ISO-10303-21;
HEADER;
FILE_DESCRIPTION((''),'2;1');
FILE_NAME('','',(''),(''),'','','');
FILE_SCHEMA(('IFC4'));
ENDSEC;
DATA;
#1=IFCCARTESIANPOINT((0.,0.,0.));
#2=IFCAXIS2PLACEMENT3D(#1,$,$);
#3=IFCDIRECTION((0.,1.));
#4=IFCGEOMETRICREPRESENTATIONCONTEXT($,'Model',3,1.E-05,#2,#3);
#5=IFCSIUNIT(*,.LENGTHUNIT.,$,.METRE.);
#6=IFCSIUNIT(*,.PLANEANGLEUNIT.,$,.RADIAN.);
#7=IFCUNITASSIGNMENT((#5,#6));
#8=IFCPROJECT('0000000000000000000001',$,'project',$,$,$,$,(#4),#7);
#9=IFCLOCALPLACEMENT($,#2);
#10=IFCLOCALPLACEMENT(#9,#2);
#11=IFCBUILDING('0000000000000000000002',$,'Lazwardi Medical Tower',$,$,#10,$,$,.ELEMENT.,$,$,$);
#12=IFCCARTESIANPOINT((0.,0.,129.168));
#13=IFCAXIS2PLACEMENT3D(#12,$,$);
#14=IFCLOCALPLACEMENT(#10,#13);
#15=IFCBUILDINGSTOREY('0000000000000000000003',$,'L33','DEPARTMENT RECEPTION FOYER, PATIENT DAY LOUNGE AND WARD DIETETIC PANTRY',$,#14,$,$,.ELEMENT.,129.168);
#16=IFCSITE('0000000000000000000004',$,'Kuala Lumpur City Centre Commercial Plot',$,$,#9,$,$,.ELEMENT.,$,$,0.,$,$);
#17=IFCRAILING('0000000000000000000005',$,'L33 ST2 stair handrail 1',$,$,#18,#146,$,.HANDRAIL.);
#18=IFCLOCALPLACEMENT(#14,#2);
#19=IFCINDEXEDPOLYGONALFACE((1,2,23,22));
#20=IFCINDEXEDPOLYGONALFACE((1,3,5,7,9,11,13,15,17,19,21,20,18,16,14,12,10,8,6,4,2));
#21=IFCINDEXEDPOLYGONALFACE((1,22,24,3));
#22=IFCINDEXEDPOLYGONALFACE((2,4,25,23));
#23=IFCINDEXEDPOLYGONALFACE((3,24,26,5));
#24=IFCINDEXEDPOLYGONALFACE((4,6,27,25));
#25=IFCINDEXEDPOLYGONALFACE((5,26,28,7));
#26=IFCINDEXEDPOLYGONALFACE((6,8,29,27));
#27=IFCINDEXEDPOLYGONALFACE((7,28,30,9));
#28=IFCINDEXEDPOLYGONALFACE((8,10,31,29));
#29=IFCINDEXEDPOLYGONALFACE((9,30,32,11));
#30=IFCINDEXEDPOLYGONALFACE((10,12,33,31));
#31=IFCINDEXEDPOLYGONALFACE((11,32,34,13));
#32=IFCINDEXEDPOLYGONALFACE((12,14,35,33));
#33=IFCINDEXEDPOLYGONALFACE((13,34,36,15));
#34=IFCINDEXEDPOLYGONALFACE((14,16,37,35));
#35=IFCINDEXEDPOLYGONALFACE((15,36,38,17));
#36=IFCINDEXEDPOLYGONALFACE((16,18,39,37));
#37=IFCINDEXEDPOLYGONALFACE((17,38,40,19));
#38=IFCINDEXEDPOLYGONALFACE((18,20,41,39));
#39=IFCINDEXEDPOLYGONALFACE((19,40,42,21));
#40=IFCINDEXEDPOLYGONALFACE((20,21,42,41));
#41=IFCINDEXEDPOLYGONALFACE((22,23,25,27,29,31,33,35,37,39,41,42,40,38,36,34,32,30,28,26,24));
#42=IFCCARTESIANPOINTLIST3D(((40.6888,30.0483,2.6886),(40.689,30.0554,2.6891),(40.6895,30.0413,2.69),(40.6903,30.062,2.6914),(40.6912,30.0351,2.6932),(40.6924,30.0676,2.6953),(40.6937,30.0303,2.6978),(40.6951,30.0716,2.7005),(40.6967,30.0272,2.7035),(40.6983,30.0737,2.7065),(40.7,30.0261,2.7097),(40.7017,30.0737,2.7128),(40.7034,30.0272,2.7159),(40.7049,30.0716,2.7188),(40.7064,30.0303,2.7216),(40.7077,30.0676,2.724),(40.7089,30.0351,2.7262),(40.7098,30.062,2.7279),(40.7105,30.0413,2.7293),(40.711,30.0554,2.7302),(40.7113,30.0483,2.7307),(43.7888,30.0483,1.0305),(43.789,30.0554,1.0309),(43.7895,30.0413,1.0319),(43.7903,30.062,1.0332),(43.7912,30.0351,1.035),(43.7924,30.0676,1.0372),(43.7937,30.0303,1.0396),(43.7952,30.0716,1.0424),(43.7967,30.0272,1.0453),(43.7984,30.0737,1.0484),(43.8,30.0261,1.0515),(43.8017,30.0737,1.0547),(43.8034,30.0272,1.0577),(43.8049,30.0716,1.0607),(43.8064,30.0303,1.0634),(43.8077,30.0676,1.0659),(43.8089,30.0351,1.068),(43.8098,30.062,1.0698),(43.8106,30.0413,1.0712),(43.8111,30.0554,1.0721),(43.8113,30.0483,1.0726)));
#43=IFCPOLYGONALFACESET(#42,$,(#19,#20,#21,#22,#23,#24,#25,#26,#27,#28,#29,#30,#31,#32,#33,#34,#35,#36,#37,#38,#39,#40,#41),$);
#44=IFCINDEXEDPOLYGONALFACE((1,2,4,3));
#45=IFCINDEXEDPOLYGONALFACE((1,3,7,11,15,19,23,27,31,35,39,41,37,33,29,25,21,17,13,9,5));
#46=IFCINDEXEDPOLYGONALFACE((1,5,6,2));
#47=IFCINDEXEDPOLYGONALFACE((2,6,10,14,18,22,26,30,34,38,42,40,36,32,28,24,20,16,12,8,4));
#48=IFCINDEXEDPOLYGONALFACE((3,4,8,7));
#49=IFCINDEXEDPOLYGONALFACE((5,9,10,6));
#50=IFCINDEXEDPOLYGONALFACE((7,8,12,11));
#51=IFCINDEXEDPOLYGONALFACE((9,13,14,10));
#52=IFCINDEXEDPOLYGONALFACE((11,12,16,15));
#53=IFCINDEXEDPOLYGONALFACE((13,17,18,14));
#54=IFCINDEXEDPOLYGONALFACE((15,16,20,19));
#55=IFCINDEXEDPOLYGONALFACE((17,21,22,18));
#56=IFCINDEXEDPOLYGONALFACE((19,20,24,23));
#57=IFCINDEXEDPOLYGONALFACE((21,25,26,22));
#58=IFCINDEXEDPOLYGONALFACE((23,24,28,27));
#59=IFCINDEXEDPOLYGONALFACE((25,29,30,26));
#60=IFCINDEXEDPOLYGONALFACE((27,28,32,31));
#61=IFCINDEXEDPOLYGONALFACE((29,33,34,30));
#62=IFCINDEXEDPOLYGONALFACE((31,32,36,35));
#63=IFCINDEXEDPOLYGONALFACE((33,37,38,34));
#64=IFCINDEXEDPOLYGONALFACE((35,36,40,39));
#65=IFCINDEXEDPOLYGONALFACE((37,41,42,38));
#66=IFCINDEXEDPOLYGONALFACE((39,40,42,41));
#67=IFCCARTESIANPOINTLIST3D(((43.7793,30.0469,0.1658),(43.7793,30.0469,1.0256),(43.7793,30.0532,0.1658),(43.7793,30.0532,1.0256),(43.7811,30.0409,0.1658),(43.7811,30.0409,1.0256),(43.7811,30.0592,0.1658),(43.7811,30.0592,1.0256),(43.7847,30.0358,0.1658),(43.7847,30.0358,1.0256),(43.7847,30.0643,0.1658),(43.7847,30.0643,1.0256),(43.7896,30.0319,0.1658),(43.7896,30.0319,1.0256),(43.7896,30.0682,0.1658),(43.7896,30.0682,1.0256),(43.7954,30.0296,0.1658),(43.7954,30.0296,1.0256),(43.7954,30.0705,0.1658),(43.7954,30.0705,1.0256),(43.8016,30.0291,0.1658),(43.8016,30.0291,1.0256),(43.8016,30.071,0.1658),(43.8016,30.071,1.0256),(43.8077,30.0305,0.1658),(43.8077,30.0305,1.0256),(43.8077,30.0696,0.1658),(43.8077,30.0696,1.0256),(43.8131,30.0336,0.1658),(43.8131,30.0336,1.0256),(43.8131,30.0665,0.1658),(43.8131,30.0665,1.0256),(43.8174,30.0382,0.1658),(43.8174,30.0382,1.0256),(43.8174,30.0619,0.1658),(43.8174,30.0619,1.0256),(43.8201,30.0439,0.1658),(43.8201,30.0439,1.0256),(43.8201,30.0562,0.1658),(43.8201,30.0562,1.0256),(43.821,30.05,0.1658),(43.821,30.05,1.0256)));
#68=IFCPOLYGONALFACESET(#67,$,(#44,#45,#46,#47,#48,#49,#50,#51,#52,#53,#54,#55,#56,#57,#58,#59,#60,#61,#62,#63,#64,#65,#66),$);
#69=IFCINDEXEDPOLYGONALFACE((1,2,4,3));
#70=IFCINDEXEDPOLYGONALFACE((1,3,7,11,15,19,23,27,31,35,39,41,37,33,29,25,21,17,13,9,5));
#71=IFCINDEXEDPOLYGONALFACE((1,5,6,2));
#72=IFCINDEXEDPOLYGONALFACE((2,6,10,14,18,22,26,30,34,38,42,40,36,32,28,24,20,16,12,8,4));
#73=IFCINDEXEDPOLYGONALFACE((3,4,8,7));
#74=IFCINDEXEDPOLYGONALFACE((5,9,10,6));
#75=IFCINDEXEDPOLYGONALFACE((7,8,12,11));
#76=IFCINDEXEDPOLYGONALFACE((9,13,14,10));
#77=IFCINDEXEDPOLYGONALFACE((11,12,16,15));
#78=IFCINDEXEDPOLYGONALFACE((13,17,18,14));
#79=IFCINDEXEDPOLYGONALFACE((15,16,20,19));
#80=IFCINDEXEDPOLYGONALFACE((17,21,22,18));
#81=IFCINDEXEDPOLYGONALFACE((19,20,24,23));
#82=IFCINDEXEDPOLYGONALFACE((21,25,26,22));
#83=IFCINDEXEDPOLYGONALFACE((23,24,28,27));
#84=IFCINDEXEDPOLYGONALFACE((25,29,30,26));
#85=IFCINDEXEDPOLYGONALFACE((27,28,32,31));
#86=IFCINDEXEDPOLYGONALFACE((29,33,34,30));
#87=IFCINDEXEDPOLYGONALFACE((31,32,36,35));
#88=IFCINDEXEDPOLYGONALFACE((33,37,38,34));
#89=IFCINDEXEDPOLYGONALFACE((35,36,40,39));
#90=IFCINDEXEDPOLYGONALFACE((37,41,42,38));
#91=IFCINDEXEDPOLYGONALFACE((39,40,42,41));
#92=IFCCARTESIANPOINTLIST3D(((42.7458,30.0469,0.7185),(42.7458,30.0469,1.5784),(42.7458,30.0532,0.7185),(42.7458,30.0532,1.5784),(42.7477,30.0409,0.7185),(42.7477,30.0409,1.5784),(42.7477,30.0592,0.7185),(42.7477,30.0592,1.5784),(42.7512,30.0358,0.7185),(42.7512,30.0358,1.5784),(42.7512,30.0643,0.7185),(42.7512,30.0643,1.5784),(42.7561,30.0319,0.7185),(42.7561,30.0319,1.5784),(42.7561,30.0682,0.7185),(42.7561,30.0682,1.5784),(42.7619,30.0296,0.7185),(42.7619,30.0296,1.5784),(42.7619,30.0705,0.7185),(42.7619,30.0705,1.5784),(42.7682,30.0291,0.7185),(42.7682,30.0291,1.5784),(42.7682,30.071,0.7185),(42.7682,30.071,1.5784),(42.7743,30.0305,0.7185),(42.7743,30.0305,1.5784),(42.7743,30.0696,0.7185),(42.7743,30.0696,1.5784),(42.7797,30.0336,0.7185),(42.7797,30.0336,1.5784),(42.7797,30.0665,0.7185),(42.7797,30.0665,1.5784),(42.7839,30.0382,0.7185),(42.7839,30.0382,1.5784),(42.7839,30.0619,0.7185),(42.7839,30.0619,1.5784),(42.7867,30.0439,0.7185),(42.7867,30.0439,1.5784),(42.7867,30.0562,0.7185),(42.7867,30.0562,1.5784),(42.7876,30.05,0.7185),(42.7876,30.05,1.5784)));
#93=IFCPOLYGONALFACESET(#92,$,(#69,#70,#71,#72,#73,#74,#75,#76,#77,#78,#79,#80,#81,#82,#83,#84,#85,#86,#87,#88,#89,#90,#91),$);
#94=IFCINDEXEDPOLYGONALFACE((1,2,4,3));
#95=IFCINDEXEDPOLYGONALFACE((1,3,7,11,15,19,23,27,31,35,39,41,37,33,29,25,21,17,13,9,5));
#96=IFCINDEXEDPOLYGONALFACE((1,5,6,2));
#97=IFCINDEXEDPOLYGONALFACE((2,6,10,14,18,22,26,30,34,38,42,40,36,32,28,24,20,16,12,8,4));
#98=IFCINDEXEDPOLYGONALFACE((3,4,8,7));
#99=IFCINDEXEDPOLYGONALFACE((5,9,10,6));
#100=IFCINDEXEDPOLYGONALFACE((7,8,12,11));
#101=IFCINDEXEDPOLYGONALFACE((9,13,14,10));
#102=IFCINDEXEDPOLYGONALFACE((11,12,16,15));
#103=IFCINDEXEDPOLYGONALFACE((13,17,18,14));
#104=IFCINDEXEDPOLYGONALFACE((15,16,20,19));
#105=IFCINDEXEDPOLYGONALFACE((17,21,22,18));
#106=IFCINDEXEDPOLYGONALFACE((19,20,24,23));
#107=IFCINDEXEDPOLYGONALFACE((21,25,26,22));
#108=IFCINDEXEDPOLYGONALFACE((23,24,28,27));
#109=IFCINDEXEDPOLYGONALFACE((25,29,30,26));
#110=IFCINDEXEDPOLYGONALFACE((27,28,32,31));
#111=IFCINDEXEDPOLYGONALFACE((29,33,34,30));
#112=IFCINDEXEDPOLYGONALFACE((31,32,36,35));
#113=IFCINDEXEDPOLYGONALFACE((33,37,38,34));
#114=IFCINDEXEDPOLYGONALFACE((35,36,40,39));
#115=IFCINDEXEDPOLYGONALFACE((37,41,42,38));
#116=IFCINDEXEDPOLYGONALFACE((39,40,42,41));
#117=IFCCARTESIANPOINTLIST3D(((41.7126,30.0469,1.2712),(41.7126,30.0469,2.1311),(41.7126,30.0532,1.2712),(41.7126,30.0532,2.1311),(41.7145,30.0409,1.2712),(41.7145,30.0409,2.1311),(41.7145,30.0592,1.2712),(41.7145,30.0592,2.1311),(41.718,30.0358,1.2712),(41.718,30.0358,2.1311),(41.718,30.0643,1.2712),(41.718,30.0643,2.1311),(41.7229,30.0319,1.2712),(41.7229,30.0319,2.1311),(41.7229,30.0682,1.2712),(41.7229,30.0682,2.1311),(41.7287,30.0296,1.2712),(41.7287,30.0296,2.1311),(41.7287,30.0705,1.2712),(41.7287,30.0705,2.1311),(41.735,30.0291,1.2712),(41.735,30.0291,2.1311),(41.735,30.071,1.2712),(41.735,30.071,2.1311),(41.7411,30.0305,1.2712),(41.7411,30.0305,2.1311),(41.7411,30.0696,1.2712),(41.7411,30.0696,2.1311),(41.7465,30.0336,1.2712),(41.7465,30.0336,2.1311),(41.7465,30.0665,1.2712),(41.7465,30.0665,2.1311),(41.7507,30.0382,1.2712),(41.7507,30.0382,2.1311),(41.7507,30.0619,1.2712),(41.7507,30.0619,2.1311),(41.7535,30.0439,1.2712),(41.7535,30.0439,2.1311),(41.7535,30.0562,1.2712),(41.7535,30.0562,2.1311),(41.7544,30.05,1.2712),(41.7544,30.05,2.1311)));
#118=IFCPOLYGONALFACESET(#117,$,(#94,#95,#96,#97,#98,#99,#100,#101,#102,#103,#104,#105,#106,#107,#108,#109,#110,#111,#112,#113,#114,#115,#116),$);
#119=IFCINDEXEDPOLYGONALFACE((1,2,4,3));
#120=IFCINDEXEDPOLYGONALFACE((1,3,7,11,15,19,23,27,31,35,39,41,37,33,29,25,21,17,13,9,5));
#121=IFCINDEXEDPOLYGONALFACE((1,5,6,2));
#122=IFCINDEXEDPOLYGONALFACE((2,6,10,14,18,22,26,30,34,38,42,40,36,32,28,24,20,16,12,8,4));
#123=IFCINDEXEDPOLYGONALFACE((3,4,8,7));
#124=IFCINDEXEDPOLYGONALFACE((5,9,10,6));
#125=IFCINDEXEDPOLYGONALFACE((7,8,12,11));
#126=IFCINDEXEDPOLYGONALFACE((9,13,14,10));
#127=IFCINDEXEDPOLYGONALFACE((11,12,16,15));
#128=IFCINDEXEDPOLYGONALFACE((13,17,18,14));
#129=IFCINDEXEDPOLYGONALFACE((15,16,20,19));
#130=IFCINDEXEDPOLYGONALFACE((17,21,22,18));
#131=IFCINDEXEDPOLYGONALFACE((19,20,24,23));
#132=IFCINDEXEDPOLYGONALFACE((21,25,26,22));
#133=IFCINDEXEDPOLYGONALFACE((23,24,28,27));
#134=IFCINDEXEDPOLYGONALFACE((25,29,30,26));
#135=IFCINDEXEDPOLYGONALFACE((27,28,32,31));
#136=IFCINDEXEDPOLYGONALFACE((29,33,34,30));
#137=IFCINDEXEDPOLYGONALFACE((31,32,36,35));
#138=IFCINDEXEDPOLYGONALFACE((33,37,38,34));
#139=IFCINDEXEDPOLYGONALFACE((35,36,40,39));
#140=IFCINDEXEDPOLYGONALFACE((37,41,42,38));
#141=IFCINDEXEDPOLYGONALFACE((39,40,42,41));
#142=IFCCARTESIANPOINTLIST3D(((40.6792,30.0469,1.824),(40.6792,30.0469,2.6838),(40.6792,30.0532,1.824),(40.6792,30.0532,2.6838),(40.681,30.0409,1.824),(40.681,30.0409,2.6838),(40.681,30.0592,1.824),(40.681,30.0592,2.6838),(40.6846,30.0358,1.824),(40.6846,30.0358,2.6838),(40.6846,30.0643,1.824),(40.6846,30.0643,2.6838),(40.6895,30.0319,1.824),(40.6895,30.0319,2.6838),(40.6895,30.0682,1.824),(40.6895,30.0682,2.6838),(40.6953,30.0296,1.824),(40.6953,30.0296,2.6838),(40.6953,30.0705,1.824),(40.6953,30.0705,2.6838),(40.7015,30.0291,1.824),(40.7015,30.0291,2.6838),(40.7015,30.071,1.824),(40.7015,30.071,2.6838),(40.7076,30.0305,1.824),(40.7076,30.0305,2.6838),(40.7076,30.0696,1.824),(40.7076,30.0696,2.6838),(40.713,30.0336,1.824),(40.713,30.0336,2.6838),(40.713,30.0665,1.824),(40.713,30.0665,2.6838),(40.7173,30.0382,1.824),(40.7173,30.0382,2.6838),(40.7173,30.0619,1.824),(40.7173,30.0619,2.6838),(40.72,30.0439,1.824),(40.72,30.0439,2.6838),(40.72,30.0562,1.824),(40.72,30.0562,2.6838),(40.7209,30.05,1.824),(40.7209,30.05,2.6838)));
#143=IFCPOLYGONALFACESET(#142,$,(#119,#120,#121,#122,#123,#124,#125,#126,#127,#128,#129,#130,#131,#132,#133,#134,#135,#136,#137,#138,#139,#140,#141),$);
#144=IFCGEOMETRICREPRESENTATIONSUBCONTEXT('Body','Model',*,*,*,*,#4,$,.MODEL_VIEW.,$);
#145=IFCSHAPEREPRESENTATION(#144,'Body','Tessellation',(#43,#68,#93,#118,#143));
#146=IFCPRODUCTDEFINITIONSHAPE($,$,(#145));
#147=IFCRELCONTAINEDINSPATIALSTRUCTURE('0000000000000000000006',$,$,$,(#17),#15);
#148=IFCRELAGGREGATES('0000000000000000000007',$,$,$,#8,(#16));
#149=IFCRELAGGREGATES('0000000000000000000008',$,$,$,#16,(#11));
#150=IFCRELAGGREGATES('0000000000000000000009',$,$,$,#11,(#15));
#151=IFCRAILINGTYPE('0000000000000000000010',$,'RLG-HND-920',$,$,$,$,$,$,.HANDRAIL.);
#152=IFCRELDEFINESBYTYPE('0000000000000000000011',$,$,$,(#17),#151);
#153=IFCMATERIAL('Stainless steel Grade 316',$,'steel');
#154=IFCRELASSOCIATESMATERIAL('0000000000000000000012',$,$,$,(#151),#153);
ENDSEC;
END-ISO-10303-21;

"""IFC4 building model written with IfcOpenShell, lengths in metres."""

from ifc_helpers import new_model, si_unit, direction, frame, origin, origin_2d, place, context, subcontext, project, spatial, circle, extrude, material, type_object, element, save


model = new_model("IFC4")

# Units and contexts
model_context = context("Model", 3, precision=1e-05, world=origin(), true_north=direction((0.0, 1.0)))
body_context = subcontext(model_context, "Body", "Model", "MODEL_VIEW")
ifc_project = project(units=[si_unit("LENGTHUNIT", "METRE"), si_unit("PLANEANGLEUNIT", "RADIAN")], contexts=[model_context])

# Site, building, storey
site_placement = place(None, origin())
site = spatial("IfcSite", under=ifc_project, at=site_placement, Name="Kuala Lumpur City Centre Commercial Plot", CompositionType="ELEMENT", RefElevation=0.0)
building_placement = place(site_placement, origin())
building = spatial("IfcBuilding", under=site, at=building_placement, Name="Lazwardi Medical Tower", CompositionType="ELEMENT")
storey_placement = place(building_placement, frame((0.0, 0.0, 129.168)))
storey = spatial("IfcBuildingStorey", under=building, at=storey_placement, Name="L33", Description="DEPARTMENT RECEPTION FOYER, PATIENT DAY LOUNGE AND WARD DIETETIC PANTRY", CompositionType="ELEMENT", Elevation=129.168)

# Railing
ifc_material_1 = material(Name="Stainless steel Grade 316", Category="steel")
railing_type_1 = type_object("IfcRailingType", Name="RLG-HND-920", PredefinedType="HANDRAIL", material=ifc_material_1)
railing_1_placement = place(storey_placement, frame((43.8, 30.05, 0.1658)))
element("IfcRailing", 1, at=railing_1_placement, inside=storey, type_object=railing_type_1, Name="L33 ST2 stair handrail 1", PredefinedType="HANDRAIL", context=body_context, shape_type="SweptSolid", body=[
    extrude(circle(Radius=0.0239, at=origin_2d()), frame((0.0, 0.0, 0.8857), z_axis=(-0.881783, 0.0, 0.471655), x_axis=(0.0, -1.0, 0.0)), (0.0, 0.0, 1.0), 3.5156),
    extrude(circle(Radius=0.021, at=origin_2d()), origin(), (0.0, 0.0, 1.0), 0.8599),
    extrude(circle(Radius=0.021, at=origin_2d()), frame((-1.0334, 0.0, 0.5527)), (0.0, 0.0, 1.0), 0.8599),
    extrude(circle(Radius=0.021, at=origin_2d()), frame((-2.0667, 0.0, 1.1055)), (0.0, 0.0, 1.0), 0.8599),
    extrude(circle(Radius=0.021, at=origin_2d()), frame((-3.1001, 0.0, 1.6582)), (0.0, 0.0, 1.0), 0.8599),
])

save(model, "model.ifc")
